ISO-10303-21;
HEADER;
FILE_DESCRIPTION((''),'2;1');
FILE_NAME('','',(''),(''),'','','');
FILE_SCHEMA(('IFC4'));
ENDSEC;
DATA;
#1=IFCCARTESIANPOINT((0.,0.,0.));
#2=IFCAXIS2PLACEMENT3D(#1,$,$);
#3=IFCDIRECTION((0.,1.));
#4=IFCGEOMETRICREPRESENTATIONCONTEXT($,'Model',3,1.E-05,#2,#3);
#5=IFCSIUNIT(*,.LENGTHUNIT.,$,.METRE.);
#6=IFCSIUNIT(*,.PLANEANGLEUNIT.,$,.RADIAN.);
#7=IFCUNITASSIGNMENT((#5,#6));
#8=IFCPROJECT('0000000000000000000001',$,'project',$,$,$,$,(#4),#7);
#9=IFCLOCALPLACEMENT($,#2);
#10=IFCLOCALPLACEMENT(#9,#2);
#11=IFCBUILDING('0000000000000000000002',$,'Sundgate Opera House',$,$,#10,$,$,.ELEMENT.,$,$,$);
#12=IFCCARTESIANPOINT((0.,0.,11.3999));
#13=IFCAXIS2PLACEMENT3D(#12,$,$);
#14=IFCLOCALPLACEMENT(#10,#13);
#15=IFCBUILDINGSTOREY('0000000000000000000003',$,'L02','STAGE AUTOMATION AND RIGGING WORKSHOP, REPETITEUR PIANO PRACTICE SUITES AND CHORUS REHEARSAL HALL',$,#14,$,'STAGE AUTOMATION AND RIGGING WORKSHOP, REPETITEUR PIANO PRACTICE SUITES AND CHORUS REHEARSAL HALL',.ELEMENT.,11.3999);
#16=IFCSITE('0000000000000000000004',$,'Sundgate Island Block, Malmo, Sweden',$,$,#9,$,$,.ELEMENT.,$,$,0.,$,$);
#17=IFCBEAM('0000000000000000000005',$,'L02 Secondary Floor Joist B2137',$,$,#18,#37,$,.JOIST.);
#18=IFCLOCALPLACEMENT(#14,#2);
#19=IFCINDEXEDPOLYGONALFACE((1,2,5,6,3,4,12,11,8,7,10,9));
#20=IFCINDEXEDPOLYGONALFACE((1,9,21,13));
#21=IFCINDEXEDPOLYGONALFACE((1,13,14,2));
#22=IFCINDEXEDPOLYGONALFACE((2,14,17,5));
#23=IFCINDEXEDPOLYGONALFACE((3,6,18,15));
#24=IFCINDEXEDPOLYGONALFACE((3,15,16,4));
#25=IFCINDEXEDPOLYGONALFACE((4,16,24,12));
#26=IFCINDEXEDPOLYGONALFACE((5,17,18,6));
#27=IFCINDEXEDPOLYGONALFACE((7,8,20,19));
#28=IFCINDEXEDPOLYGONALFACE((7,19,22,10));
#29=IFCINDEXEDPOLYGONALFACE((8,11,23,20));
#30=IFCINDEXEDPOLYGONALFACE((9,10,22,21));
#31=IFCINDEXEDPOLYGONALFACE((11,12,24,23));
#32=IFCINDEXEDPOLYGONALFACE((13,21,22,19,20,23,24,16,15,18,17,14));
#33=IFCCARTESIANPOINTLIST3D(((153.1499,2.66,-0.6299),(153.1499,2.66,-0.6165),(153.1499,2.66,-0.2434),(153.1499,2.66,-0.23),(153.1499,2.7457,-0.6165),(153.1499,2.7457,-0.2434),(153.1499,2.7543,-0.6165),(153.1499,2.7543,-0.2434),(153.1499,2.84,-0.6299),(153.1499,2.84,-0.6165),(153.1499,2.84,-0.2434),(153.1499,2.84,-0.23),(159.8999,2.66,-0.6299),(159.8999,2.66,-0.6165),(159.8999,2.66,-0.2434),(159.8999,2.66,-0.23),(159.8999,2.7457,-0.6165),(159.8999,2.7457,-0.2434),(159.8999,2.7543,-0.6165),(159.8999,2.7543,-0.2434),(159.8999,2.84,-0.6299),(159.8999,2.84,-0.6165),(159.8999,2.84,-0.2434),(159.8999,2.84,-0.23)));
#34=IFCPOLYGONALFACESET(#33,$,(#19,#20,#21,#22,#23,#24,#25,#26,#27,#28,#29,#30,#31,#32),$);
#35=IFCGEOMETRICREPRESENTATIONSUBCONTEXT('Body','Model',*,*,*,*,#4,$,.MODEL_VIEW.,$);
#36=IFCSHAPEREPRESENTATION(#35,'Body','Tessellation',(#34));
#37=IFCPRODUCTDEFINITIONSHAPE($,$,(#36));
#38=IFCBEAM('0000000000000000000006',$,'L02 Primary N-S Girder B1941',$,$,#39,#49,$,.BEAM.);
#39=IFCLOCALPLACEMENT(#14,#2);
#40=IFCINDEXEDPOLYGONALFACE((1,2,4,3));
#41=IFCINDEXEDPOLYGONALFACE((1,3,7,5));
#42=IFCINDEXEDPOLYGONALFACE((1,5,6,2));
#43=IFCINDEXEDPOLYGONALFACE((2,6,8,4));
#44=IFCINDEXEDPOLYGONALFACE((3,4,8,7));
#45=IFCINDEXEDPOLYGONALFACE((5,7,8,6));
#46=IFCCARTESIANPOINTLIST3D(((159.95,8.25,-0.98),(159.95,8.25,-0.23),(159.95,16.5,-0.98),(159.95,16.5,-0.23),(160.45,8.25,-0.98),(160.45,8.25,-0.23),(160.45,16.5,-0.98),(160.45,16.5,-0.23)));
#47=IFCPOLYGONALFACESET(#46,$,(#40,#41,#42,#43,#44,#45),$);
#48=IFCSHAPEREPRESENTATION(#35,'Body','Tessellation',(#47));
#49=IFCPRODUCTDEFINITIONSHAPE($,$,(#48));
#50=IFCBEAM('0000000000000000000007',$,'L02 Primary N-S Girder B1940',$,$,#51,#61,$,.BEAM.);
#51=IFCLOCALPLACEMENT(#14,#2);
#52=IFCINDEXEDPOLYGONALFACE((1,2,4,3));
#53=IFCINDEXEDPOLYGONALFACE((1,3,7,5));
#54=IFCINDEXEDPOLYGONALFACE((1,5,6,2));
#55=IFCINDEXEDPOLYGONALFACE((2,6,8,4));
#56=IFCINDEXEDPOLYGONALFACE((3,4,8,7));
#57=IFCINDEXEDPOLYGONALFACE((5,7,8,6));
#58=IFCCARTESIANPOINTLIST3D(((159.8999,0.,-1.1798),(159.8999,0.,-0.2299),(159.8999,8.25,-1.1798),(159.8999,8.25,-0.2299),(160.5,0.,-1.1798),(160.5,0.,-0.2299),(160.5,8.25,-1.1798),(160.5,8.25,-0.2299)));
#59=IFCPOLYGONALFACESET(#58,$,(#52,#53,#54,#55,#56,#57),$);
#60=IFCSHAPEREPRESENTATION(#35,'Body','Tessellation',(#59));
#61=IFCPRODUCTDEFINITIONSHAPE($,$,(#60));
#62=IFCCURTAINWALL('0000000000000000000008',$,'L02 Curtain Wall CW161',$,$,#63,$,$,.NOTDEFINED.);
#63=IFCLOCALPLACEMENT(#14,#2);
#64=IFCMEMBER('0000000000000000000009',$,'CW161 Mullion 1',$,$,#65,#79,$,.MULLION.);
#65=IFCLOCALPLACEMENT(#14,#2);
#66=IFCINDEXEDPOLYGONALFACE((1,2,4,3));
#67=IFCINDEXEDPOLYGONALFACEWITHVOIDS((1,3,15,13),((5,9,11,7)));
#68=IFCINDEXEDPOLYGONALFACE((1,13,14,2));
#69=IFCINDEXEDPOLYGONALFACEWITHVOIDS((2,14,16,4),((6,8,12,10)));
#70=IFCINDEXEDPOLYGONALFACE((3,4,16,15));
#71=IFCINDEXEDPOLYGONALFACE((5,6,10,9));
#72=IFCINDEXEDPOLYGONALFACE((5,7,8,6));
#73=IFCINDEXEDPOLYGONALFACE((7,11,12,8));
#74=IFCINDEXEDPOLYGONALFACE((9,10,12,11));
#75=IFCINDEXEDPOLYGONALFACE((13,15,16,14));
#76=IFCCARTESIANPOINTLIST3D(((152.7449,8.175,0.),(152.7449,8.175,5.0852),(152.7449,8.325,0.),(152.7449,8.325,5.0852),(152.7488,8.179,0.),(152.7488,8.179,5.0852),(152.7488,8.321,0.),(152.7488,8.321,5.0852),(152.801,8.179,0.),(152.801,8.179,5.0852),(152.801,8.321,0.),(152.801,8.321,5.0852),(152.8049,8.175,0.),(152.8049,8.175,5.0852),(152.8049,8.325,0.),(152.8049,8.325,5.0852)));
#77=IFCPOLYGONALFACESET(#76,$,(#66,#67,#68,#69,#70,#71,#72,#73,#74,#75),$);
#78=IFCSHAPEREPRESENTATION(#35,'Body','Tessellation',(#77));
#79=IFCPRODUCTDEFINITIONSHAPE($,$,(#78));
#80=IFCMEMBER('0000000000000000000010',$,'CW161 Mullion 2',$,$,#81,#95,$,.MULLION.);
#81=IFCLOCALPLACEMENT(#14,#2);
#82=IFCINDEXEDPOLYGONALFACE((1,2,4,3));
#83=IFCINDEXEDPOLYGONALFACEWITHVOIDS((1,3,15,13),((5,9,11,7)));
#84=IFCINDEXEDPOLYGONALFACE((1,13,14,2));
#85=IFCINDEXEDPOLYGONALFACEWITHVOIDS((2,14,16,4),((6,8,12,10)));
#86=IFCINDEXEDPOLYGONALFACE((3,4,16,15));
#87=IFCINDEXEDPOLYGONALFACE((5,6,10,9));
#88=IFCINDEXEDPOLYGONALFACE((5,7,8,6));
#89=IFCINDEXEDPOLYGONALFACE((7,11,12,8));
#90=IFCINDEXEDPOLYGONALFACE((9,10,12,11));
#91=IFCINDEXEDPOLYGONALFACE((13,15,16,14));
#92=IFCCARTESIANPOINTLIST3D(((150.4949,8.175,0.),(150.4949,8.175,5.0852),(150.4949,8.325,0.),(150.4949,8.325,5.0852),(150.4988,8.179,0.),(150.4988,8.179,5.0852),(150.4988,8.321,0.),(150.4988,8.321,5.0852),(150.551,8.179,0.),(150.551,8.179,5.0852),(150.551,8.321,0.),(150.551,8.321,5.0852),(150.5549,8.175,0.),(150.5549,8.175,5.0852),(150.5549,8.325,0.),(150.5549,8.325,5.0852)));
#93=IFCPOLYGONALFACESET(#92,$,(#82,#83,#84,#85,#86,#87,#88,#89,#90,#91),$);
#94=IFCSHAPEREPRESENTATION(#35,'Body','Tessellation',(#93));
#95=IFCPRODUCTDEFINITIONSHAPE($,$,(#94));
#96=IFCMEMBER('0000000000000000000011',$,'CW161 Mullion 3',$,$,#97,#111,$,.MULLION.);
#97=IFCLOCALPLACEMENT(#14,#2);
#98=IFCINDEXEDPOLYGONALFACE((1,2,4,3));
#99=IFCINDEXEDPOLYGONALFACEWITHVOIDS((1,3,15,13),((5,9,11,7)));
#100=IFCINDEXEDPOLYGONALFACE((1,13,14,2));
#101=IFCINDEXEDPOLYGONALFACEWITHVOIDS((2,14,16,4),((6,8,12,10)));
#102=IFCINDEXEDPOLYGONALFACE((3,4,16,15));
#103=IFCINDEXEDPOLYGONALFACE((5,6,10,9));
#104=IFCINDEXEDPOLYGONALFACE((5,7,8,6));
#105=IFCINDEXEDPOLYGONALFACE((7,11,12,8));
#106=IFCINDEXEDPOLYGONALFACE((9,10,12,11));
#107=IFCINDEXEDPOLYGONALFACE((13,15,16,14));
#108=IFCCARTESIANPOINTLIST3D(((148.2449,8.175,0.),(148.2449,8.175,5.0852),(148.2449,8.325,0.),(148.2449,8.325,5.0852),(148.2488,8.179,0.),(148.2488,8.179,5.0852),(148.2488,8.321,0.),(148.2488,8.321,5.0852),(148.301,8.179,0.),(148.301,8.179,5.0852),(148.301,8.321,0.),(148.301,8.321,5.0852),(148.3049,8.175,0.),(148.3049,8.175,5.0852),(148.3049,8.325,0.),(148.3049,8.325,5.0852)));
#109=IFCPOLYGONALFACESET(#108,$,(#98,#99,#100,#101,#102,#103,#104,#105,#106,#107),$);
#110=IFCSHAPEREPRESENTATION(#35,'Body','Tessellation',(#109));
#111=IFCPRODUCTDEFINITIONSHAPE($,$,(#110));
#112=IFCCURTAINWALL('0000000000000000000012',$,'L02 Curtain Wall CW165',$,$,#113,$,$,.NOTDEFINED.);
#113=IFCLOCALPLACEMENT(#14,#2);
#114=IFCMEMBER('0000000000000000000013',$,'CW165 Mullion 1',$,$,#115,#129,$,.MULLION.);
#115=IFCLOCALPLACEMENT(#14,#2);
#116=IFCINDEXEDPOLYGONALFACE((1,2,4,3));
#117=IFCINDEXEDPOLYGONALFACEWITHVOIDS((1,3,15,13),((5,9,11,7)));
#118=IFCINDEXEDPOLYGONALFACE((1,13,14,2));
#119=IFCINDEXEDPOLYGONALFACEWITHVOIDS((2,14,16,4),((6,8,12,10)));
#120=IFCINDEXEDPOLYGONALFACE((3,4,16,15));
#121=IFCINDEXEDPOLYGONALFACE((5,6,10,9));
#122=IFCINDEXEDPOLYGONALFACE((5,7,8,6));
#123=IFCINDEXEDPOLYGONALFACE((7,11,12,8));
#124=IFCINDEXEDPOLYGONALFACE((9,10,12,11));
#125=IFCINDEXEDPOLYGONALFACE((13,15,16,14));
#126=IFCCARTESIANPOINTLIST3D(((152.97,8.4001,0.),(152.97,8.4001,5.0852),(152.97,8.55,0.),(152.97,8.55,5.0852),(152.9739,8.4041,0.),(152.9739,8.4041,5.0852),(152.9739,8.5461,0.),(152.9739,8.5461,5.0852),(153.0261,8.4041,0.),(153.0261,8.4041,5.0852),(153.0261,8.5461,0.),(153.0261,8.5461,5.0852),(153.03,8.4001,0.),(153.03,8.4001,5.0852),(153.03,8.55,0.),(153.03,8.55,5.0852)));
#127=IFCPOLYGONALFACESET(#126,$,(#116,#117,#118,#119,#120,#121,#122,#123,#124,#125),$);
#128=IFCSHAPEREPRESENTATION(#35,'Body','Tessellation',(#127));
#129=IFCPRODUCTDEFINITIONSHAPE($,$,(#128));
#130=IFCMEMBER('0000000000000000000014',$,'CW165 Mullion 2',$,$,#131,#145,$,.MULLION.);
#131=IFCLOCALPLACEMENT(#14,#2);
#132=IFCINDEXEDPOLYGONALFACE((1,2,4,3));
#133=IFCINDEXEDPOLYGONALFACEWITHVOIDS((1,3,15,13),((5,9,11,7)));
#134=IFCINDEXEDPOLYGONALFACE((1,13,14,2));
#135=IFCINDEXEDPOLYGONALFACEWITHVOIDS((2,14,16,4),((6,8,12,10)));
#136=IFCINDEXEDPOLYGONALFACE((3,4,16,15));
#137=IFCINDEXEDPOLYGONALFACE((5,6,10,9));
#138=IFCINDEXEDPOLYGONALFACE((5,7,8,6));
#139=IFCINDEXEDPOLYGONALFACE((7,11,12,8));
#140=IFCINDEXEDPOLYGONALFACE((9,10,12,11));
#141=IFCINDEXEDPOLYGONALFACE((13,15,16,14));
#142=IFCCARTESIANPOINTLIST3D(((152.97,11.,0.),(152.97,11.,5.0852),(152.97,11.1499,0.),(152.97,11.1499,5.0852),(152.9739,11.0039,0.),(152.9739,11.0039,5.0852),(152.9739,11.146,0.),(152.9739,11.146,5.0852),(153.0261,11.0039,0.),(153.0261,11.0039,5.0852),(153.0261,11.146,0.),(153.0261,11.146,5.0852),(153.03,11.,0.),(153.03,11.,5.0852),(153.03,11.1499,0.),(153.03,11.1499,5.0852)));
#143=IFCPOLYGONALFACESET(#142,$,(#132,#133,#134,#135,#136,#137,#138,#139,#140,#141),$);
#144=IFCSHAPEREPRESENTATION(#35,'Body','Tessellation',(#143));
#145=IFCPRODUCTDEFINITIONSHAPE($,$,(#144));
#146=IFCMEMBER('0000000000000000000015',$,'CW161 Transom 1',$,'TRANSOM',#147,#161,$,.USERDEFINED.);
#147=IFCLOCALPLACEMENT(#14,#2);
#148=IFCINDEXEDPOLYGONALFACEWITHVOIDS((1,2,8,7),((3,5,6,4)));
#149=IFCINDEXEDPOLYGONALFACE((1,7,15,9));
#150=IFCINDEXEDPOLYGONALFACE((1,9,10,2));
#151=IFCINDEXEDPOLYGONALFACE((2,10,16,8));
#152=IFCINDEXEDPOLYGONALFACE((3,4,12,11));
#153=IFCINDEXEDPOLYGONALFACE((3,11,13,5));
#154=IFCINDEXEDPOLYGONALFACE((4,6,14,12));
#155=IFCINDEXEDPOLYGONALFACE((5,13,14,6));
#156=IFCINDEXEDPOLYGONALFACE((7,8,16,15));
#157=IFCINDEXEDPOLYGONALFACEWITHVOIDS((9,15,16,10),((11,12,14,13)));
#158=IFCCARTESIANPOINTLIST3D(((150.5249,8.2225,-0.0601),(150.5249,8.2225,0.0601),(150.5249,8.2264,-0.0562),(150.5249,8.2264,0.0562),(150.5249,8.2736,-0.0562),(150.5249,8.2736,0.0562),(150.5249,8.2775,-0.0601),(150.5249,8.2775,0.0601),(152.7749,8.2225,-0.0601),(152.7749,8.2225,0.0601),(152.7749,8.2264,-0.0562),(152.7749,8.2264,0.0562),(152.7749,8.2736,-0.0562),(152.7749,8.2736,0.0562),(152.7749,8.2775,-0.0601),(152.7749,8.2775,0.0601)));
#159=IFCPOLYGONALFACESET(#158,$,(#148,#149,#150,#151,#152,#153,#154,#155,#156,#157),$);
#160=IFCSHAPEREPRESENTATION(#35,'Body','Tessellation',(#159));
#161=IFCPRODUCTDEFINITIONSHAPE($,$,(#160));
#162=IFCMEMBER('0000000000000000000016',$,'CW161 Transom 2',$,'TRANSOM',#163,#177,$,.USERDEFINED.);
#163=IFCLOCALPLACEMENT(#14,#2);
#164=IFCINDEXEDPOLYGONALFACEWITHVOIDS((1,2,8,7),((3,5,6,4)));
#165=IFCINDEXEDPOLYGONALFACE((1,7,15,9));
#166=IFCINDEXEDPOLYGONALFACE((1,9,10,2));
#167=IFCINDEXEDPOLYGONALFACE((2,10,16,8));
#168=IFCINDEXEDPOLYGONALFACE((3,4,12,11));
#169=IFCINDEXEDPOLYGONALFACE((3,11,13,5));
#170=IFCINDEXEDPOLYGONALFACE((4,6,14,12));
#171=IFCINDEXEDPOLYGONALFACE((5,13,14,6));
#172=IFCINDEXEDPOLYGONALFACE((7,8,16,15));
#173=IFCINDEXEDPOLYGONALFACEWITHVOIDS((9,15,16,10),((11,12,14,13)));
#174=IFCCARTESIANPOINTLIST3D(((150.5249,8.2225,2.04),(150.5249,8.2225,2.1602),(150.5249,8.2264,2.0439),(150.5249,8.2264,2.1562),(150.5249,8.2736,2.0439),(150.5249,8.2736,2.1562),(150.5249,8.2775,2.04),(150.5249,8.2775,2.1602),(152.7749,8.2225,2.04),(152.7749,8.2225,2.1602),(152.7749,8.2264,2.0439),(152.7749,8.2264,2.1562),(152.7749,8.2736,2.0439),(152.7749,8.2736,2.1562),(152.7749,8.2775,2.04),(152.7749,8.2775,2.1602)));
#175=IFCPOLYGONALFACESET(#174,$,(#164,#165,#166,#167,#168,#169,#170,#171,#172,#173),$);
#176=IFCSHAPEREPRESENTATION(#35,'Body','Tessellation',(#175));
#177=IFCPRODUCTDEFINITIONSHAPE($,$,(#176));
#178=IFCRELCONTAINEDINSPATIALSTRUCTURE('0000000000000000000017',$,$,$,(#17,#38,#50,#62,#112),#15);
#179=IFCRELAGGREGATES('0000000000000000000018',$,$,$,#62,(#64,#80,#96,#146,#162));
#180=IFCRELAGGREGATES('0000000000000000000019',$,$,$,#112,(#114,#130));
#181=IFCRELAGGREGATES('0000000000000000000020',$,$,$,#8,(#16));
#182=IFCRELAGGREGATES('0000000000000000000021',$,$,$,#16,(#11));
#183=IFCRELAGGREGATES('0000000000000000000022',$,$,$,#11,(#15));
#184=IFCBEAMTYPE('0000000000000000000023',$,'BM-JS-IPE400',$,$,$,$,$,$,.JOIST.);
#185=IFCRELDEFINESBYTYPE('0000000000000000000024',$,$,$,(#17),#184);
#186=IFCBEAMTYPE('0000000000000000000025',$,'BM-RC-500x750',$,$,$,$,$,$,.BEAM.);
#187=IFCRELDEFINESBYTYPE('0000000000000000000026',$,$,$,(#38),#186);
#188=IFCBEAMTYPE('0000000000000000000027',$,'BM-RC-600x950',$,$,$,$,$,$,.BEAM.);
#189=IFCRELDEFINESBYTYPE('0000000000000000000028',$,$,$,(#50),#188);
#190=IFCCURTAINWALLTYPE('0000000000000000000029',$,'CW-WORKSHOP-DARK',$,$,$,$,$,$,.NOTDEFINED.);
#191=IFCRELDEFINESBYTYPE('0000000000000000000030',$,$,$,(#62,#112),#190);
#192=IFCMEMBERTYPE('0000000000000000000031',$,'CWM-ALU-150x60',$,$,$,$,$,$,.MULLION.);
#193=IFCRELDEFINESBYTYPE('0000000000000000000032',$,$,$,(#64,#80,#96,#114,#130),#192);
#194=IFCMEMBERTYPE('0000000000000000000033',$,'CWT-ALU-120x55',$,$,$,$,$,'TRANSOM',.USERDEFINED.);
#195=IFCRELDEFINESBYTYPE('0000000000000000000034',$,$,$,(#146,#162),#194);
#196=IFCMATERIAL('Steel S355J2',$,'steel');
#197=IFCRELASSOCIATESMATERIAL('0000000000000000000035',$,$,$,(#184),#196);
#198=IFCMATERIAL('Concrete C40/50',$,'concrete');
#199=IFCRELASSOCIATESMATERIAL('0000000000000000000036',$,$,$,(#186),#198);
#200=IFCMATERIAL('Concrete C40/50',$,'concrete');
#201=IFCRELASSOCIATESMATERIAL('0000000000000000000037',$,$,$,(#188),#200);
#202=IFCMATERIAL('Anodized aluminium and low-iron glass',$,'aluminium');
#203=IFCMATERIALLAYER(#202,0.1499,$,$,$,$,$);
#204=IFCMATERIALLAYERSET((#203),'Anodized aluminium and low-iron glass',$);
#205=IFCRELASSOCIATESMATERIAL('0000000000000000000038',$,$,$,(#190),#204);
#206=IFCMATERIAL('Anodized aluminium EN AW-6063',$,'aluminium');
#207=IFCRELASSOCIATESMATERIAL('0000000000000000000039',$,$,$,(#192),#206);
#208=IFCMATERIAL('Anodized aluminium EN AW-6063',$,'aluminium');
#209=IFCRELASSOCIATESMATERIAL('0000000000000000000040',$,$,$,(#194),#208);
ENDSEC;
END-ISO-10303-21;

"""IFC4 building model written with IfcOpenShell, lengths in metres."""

from ifc_helpers import new_model, si_unit, direction, frame, origin, origin_2d, place, context, subcontext, project, spatial, rectangle, hollow_rectangle, i_section, extrude, material, layer, layer_set, material_profile, profile_set, type_object, element, aggregate, save


model = new_model("IFC4")

# Units and contexts
model_context = context("Model", 3, precision=1e-05, world=origin(), true_north=direction((0.0, 1.0)))
body_context = subcontext(model_context, "Body", "Model", "MODEL_VIEW")
ifc_project = project(units=[si_unit("LENGTHUNIT", "METRE"), si_unit("PLANEANGLEUNIT", "RADIAN")], contexts=[model_context])

# Site, building, storey
site_placement = place(None, origin())
site = spatial("IfcSite", under=ifc_project, at=site_placement, Name="Sundgate Island Block, Malmo, Sweden", CompositionType="ELEMENT", RefElevation=0.0)
building_placement = place(site_placement, origin())
building = spatial("IfcBuilding", under=site, at=building_placement, Name="Sundgate Opera House", CompositionType="ELEMENT")
storey_placement = place(building_placement, frame((0.0, 0.0, 11.3999)))
storey = spatial("IfcBuildingStorey", under=building, at=storey_placement, Name="L02", Description="STAGE AUTOMATION AND RIGGING WORKSHOP, REPETITEUR PIANO PRACTICE SUITES AND CHORUS REHEARSAL HALL", LongName="STAGE AUTOMATION AND RIGGING WORKSHOP, REPETITEUR PIANO PRACTICE SUITES AND CHORUS REHEARSAL HALL", CompositionType="ELEMENT", Elevation=11.3999)

# Beams
ifc_material_1 = material(Name="Steel S355J2", Category="steel")
ifc_material_profile_1 = material_profile(ifc_material_1, i_section(OverallWidth=0.1799, OverallDepth=0.3999, WebThickness=0.0085, FlangeThickness=0.0134, at=origin_2d()), Name="IPE 400")
ifc_profile_set_1 = profile_set([ifc_material_profile_1], Name="Steel S355J2")
beam_type_1 = type_object("IfcBeamType", Name="BM-JS-IPE400", PredefinedType="JOIST", material=ifc_profile_set_1)
beam_1_placement = place(storey_placement, frame((153.1499, 2.75, -0.4299), z_axis=(1.0, 0.0, 0.0), x_axis=(0.0, 1.0, 0.0)))
element("IfcBeam", 1, at=beam_1_placement, inside=storey, type_object=beam_type_1, Name="L02 Secondary Floor Joist B2137", PredefinedType="JOIST", context=body_context, shape_type="SweptSolid", body=[
    extrude(i_section(OverallWidth=0.1799, OverallDepth=0.3999, WebThickness=0.0085, FlangeThickness=0.0134, at=origin_2d()), origin(), (0.0, 0.0, 1.0), 6.75),
])
ifc_material_2 = material(Name="Concrete C40/50", Category="concrete")
ifc_material_profile_2 = material_profile(ifc_material_2, rectangle(XDim=0.5, YDim=0.75, at=origin_2d()), Name="RC 500x750")
ifc_profile_set_2 = profile_set([ifc_material_profile_2], Name="Concrete C40/50")
beam_type_2 = type_object("IfcBeamType", Name="BM-RC-500x750", PredefinedType="BEAM", material=ifc_profile_set_2)
beam_2_placement = place(storey_placement, frame((160.2, 8.25, -0.605), z_axis=(0.0, 1.0, 0.0), x_axis=(-1.0, 0.0, 0.0)))
element("IfcBeam", 2, at=beam_2_placement, inside=storey, type_object=beam_type_2, Name="L02 Primary N-S Girder B1941", PredefinedType="BEAM", context=body_context, shape_type="SweptSolid", body=[
    extrude(rectangle(XDim=0.5, YDim=0.75, at=origin_2d()), origin(), (0.0, 0.0, 1.0), 8.25),
])
ifc_material_3 = material(Name="Concrete C40/50", Category="concrete")
ifc_material_profile_3 = material_profile(ifc_material_3, rectangle(XDim=0.6001, YDim=0.95, at=origin_2d()), Name="RC 600x950")
ifc_profile_set_3 = profile_set([ifc_material_profile_3], Name="Concrete C40/50")
beam_type_3 = type_object("IfcBeamType", Name="BM-RC-600x950", PredefinedType="BEAM", material=ifc_profile_set_3)
beam_3_placement = place(storey_placement, frame((160.2, 0.0, -0.7048), z_axis=(0.0, 1.0, 0.0), x_axis=(-1.0, 0.0, 0.0)))
element("IfcBeam", 3, at=beam_3_placement, inside=storey, type_object=beam_type_3, Name="L02 Primary N-S Girder B1940", PredefinedType="BEAM", context=body_context, shape_type="SweptSolid", body=[
    extrude(rectangle(XDim=0.6001, YDim=0.95, at=origin_2d()), origin(), (0.0, 0.0, 1.0), 8.25),
])

# Curtain walls, members
ifc_material_4 = material(Name="Anodized aluminium and low-iron glass", Category="aluminium")
ifc_layer_1 = layer(ifc_material_4, 0.1499)
ifc_layer_set_1 = layer_set([ifc_layer_1], Name="Anodized aluminium and low-iron glass")
curtain_wall_type = type_object("IfcCurtainWallType", Name="CW-WORKSHOP-DARK", PredefinedType="NOTDEFINED", material=ifc_layer_set_1)
curtain_wall_1_placement = place(storey_placement, origin())
curtain_wall_1 = element("IfcCurtainWall", 4, at=curtain_wall_1_placement, inside=storey, type_object=curtain_wall_type, Name="L02 Curtain Wall CW161", PredefinedType="NOTDEFINED")
ifc_material_5 = material(Name="Anodized aluminium EN AW-6063", Category="aluminium")
ifc_material_profile_4 = material_profile(ifc_material_5, hollow_rectangle(XDim=0.0601, YDim=0.1499, WallThickness=0.0039, at=origin_2d()), Name="CWM 150x60x4")
ifc_profile_set_4 = profile_set([ifc_material_profile_4], Name="Anodized aluminium EN AW-6063")
member_type_1 = type_object("IfcMemberType", Name="CWM-ALU-150x60", PredefinedType="MULLION", material=ifc_profile_set_4)
member_1_placement = place(storey_placement, frame((152.7749, 8.25, 0.0), z_axis=(0.0, 0.0, 1.0), x_axis=(1.0, 0.0, 0.0)))
member_1 = element("IfcMember", 5, at=member_1_placement, type_object=member_type_1, Name="CW161 Mullion 1", PredefinedType="MULLION", context=body_context, shape_type="SweptSolid", body=[
    extrude(hollow_rectangle(XDim=0.0601, YDim=0.1499, WallThickness=0.0039, at=origin_2d()), origin(), (0.0, 0.0, 1.0), 5.0852),
])
member_2_placement = place(storey_placement, frame((150.5249, 8.25, 0.0), z_axis=(0.0, 0.0, 1.0), x_axis=(1.0, 0.0, 0.0)))
member_2 = element("IfcMember", 6, at=member_2_placement, type_object=member_type_1, Name="CW161 Mullion 2", PredefinedType="MULLION", context=body_context, shape_type="SweptSolid", body=[
    extrude(hollow_rectangle(XDim=0.0601, YDim=0.1499, WallThickness=0.0039, at=origin_2d()), origin(), (0.0, 0.0, 1.0), 5.0852),
])
member_3_placement = place(storey_placement, frame((148.2749, 8.25, 0.0), z_axis=(0.0, 0.0, 1.0), x_axis=(1.0, 0.0, 0.0)))
member_3 = element("IfcMember", 7, at=member_3_placement, type_object=member_type_1, Name="CW161 Mullion 3", PredefinedType="MULLION", context=body_context, shape_type="SweptSolid", body=[
    extrude(hollow_rectangle(XDim=0.0601, YDim=0.1499, WallThickness=0.0039, at=origin_2d()), origin(), (0.0, 0.0, 1.0), 5.0852),
])
curtain_wall_2_placement = place(storey_placement, origin())
curtain_wall_2 = element("IfcCurtainWall", 8, at=curtain_wall_2_placement, inside=storey, type_object=curtain_wall_type, Name="L02 Curtain Wall CW165", PredefinedType="NOTDEFINED")
member_4_placement = place(storey_placement, frame((153.0, 8.4751, 0.0), z_axis=(0.0, 0.0, 1.0), x_axis=(1.0, 0.0, 0.0)))
member_4 = element("IfcMember", 9, at=member_4_placement, type_object=member_type_1, Name="CW165 Mullion 1", PredefinedType="MULLION", context=body_context, shape_type="SweptSolid", body=[
    extrude(hollow_rectangle(XDim=0.0601, YDim=0.1499, WallThickness=0.0039, at=origin_2d()), origin(), (0.0, 0.0, 1.0), 5.0852),
])
member_5_placement = place(storey_placement, frame((153.0, 11.075, 0.0), z_axis=(0.0, 0.0, 1.0), x_axis=(1.0, 0.0, 0.0)))
member_5 = element("IfcMember", 10, at=member_5_placement, type_object=member_type_1, Name="CW165 Mullion 2", PredefinedType="MULLION", context=body_context, shape_type="SweptSolid", body=[
    extrude(hollow_rectangle(XDim=0.0601, YDim=0.1499, WallThickness=0.0039, at=origin_2d()), origin(), (0.0, 0.0, 1.0), 5.0852),
])

# Members
ifc_material_6 = material(Name="Anodized aluminium EN AW-6063", Category="aluminium")
ifc_material_profile_5 = material_profile(ifc_material_6, hollow_rectangle(XDim=0.0549, YDim=0.1201, WallThickness=0.0039, at=origin_2d()), Name="CWT 120x55x4")
ifc_profile_set_5 = profile_set([ifc_material_profile_5], Name="Anodized aluminium EN AW-6063")
member_type_2 = type_object("IfcMemberType", Name="CWT-ALU-120x55", ElementType="TRANSOM", PredefinedType="USERDEFINED", material=ifc_profile_set_5)
member_6_placement = place(storey_placement, frame((152.7749, 8.25, 0.0), z_axis=(-1.0, 0.0, 0.0), x_axis=(0.0, -1.0, 0.0)))
member_6 = element("IfcMember", 11, at=member_6_placement, type_object=member_type_2, Name="CW161 Transom 1", ObjectType="TRANSOM", PredefinedType="USERDEFINED", context=body_context, shape_type="SweptSolid", body=[
    extrude(hollow_rectangle(XDim=0.0549, YDim=0.1201, WallThickness=0.0039, at=origin_2d()), origin(), (0.0, 0.0, 1.0), 2.25),
])
member_7_placement = place(storey_placement, frame((152.7749, 8.25, 2.1001), z_axis=(-1.0, 0.0, 0.0), x_axis=(0.0, -1.0, 0.0)))
member_7 = element("IfcMember", 12, at=member_7_placement, type_object=member_type_2, Name="CW161 Transom 2", ObjectType="TRANSOM", PredefinedType="USERDEFINED", context=body_context, shape_type="SweptSolid", body=[
    extrude(hollow_rectangle(XDim=0.0549, YDim=0.1201, WallThickness=0.0039, at=origin_2d()), origin(), (0.0, 0.0, 1.0), 2.25),
])

aggregate(curtain_wall_1, [member_1, member_2, member_3, member_6, member_7])
aggregate(curtain_wall_2, [member_4, member_5])

save(model, "model.ifc")
